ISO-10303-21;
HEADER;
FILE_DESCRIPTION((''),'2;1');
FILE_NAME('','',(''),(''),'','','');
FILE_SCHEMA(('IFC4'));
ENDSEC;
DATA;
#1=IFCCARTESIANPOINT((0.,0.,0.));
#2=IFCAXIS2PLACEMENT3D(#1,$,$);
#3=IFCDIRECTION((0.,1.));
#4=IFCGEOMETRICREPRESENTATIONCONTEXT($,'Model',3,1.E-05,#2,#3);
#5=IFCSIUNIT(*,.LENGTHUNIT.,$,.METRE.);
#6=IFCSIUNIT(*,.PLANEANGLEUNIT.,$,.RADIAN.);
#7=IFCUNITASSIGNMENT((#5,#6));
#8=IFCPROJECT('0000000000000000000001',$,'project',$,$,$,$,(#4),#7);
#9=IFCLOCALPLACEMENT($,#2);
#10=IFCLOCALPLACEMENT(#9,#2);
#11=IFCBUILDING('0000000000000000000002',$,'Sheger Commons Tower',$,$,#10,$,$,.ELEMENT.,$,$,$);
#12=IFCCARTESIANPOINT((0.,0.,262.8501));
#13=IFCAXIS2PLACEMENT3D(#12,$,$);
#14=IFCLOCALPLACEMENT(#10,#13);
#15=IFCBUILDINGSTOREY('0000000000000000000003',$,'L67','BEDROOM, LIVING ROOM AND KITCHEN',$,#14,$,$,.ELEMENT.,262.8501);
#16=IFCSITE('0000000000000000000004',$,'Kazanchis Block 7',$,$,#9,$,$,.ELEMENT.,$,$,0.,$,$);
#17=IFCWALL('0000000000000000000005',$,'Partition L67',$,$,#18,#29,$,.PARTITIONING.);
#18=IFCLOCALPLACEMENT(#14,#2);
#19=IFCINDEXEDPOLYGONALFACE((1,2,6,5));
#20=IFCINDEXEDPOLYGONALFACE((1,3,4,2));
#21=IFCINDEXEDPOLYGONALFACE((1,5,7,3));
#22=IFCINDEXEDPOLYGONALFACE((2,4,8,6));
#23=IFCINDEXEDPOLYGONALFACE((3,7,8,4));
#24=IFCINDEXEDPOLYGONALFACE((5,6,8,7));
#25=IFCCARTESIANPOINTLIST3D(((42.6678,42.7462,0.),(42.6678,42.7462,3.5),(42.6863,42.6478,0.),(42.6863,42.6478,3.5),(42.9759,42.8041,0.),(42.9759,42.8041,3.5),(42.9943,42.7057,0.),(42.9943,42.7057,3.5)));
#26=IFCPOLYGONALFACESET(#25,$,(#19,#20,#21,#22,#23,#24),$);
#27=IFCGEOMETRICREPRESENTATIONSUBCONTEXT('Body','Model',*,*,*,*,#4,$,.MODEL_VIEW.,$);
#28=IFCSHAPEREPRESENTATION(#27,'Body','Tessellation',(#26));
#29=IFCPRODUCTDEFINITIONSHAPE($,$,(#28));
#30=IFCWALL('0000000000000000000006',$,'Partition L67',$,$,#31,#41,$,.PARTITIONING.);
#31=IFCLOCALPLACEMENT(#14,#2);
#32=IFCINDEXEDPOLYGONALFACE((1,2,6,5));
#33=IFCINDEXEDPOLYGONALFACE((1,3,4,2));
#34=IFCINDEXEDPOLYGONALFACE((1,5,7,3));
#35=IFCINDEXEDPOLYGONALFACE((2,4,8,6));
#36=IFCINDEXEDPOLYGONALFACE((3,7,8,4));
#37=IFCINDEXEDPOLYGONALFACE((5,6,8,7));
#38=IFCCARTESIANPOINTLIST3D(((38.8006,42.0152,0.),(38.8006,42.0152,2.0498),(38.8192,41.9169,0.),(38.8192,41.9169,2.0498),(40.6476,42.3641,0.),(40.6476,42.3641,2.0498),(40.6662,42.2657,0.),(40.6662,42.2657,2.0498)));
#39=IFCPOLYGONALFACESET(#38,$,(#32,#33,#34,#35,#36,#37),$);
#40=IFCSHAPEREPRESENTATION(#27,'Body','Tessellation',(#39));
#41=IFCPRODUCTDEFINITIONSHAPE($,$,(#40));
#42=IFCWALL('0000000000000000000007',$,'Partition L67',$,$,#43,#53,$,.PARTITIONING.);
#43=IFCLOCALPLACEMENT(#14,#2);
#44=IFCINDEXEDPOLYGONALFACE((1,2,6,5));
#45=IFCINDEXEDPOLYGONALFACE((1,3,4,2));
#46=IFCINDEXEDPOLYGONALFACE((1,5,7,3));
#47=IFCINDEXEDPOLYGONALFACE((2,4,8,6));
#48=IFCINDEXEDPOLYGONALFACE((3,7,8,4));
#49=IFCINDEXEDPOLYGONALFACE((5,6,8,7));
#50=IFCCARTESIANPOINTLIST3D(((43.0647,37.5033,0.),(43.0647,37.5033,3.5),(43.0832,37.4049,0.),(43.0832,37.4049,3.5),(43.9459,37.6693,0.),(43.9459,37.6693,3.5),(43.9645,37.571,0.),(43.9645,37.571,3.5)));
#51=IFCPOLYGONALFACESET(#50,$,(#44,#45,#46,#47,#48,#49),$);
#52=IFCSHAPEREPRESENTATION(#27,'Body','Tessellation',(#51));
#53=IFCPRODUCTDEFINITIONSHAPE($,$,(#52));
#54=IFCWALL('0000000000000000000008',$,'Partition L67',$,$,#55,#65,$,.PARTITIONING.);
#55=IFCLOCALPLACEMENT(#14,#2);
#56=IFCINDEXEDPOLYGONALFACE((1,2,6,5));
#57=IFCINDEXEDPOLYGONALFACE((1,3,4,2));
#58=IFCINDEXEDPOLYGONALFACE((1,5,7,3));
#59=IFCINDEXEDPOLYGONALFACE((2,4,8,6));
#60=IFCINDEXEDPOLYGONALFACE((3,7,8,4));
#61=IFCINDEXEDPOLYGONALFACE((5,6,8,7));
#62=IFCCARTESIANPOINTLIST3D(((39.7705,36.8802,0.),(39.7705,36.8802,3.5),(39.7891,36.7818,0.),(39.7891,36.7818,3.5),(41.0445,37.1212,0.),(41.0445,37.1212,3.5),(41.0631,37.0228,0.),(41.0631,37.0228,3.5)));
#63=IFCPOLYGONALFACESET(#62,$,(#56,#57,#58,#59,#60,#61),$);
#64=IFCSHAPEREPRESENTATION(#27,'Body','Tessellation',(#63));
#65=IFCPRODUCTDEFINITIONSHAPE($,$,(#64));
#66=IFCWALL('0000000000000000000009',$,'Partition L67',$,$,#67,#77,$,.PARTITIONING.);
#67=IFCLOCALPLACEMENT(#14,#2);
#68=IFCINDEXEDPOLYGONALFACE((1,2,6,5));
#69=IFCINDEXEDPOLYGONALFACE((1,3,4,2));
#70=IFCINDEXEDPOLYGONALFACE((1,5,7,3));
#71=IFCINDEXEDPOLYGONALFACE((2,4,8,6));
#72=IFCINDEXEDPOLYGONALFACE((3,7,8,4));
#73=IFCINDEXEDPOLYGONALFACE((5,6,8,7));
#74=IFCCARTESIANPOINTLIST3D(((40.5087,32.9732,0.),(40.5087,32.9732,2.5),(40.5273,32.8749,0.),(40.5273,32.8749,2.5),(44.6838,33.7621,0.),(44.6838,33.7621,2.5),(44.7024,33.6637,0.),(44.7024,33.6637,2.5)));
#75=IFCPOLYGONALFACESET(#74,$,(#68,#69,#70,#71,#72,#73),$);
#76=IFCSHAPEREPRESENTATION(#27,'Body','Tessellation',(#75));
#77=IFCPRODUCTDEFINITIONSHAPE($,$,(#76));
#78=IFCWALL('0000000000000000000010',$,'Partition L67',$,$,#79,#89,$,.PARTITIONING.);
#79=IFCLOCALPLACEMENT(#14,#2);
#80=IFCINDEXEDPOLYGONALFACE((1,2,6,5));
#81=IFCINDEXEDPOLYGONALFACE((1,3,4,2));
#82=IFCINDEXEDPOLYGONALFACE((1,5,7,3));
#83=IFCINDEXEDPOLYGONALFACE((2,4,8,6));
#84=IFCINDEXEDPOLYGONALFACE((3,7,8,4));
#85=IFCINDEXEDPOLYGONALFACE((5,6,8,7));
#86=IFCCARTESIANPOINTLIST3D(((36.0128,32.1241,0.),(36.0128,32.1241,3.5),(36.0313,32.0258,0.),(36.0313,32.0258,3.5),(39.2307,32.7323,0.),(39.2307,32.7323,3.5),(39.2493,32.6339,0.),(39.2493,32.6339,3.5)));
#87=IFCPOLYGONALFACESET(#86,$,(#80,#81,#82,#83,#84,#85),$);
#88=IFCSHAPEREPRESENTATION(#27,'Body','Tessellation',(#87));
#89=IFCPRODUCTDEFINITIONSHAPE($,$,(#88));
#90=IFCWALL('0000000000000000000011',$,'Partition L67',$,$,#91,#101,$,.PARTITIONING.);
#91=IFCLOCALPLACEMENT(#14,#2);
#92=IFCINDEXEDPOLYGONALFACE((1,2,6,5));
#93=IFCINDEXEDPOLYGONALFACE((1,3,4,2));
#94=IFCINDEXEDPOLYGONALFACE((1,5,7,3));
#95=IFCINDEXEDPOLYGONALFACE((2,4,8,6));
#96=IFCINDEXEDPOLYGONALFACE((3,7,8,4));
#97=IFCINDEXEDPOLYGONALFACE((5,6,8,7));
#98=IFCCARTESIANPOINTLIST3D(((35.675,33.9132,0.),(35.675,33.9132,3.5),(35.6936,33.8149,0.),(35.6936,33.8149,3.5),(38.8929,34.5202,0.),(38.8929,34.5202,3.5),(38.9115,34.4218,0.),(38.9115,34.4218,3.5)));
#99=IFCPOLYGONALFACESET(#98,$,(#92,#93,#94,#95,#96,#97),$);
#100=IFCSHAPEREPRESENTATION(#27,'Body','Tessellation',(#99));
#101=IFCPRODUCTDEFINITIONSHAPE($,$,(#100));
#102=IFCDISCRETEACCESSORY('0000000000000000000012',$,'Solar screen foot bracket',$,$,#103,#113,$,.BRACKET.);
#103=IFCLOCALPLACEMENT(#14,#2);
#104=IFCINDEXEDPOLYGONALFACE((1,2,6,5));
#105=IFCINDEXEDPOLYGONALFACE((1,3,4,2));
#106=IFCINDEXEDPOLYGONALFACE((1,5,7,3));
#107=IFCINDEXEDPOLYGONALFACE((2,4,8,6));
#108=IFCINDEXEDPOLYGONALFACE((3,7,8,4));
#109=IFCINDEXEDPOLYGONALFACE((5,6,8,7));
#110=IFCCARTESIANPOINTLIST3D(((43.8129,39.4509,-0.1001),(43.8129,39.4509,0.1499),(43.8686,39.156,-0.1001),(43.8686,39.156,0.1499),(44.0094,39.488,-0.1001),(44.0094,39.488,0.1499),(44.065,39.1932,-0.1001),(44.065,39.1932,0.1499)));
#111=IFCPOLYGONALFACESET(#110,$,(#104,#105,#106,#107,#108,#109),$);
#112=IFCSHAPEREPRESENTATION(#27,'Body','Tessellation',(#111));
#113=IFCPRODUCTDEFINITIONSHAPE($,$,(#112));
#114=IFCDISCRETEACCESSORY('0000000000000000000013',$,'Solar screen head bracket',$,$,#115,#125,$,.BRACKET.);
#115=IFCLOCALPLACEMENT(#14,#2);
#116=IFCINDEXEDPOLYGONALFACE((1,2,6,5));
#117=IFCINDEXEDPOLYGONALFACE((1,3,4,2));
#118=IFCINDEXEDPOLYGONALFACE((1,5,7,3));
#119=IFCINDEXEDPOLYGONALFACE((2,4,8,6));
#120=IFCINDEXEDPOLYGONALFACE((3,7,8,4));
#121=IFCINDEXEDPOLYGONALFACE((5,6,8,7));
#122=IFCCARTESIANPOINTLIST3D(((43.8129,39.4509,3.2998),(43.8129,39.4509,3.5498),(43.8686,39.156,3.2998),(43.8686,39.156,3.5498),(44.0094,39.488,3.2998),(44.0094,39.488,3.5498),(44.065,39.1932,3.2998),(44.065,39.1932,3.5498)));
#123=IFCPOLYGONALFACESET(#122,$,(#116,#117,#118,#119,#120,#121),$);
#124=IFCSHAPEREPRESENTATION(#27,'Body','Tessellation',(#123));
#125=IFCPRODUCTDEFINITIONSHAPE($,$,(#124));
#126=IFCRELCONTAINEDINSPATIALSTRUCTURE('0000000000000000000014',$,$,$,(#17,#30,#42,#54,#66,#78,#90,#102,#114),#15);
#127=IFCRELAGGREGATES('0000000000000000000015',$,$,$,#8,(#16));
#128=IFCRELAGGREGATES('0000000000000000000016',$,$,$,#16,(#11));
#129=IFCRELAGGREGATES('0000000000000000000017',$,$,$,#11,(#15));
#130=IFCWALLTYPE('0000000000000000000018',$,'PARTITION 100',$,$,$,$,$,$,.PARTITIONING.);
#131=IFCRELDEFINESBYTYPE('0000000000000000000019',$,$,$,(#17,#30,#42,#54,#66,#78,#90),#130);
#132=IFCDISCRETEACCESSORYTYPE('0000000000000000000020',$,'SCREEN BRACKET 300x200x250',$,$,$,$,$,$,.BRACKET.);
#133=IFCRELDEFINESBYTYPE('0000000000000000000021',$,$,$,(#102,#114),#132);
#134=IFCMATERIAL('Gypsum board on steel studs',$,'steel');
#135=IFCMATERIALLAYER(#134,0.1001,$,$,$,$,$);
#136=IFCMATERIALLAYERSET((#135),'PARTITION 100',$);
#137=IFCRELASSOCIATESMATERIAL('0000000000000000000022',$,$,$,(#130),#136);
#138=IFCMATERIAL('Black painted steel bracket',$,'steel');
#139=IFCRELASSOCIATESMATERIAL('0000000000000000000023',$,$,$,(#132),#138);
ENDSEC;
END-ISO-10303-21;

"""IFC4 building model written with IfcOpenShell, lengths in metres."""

from ifc_helpers import new_model, si_unit, direction, frame, frame_2d, origin, origin_2d, place, context, subcontext, project, spatial, rectangle, extrude, material, layer, layer_set, type_object, element, save


model = new_model("IFC4")

# Units and contexts
model_context = context("Model", 3, precision=1e-05, world=origin(), true_north=direction((0.0, 1.0)))
body_context = subcontext(model_context, "Body", "Model", "MODEL_VIEW")
ifc_project = project(units=[si_unit("LENGTHUNIT", "METRE"), si_unit("PLANEANGLEUNIT", "RADIAN")], contexts=[model_context])

# Site, building, storey
site_placement = place(None, origin())
site = spatial("IfcSite", under=ifc_project, at=site_placement, Name="Kazanchis Block 7", CompositionType="ELEMENT", RefElevation=0.0)
building_placement = place(site_placement, origin())
building = spatial("IfcBuilding", under=site, at=building_placement, Name="Sheger Commons Tower", CompositionType="ELEMENT")
storey_placement = place(building_placement, frame((0.0, 0.0, 262.8501)))
storey = spatial("IfcBuildingStorey", under=building, at=storey_placement, Name="L67", Description="BEDROOM, LIVING ROOM AND KITCHEN", CompositionType="ELEMENT", Elevation=262.8501)

# Shared definitions
ifc_material_1 = material(Name="Gypsum board on steel studs", Category="steel")
ifc_layer_1 = layer(ifc_material_1, 0.1001)
ifc_layer_set_1 = layer_set([ifc_layer_1], Name="PARTITION 100")
wall_type_1 = type_object("IfcWallType", Name="PARTITION 100", PredefinedType="PARTITIONING", material=ifc_layer_set_1)

# Walls
wall_1_placement = place(storey_placement, frame((42.9851, 42.7549, 0.0), z_axis=(0.0, 0.0, 1.0), x_axis=(-0.982819, -0.184571, 0.0)))
element("IfcWall", 1, at=wall_1_placement, inside=storey, type_object=wall_type_1, Name="Partition L67", PredefinedType="PARTITIONING", context=body_context, shape_type="SweptSolid", body=[
    extrude(rectangle(XDim=0.3135, YDim=0.1001, at=frame_2d((0.1567, 0.0))), origin(), (0.0, 0.0, 1.0), 3.5),
])
wall_2_placement = place(storey_placement, frame((40.657, 42.3149, 0.0), z_axis=(0.0, 0.0, 1.0), x_axis=(-0.982623, -0.185614, 0.0)))
element("IfcWall", 2, at=wall_2_placement, inside=storey, type_object=wall_type_1, Name="Partition L67", PredefinedType="PARTITIONING", context=body_context, shape_type="SweptSolid", body=[
    extrude(rectangle(XDim=1.8796, YDim=0.1001, at=frame_2d((0.9399, 0.0))), origin(), (0.0, 0.0, 1.0), 2.0498),
])
wall_3_placement = place(storey_placement, frame((43.9551, 37.6201, 0.0), z_axis=(0.0, 0.0, 1.0), x_axis=(-0.982708, -0.18516, 0.0)))
element("IfcWall", 3, at=wall_3_placement, inside=storey, type_object=wall_type_1, Name="Partition L67", PredefinedType="PARTITIONING", context=body_context, shape_type="SweptSolid", body=[
    extrude(rectangle(XDim=0.8967, YDim=0.1001, at=frame_2d((0.4482, 0.0))), origin(), (0.0, 0.0, 1.0), 3.5),
])
wall_4_placement = place(storey_placement, frame((41.054, 37.072, 0.0), z_axis=(0.0, 0.0, 1.0), x_axis=(-0.982577, -0.185857, 0.0)))
element("IfcWall", 4, at=wall_4_placement, inside=storey, type_object=wall_type_1, Name="Partition L67", PredefinedType="PARTITIONING", context=body_context, shape_type="SweptSolid", body=[
    extrude(rectangle(XDim=1.2966, YDim=0.1001, at=frame_2d((0.6484, 0.0))), origin(), (0.0, 0.0, 1.0), 3.5),
])
wall_5_placement = place(storey_placement, frame((44.6931, 33.7129, 0.0), z_axis=(0.0, 0.0, 1.0), x_axis=(-0.982616, -0.185652, 0.0)))
element("IfcWall", 5, at=wall_5_placement, inside=storey, type_object=wall_type_1, Name="Partition L67", PredefinedType="PARTITIONING", context=body_context, shape_type="SweptSolid", body=[
    extrude(rectangle(XDim=4.249, YDim=0.1001, at=frame_2d((2.1245, 0.0))), origin(), (0.0, 0.0, 1.0), 2.5),
])
wall_6_placement = place(storey_placement, frame((39.24, 32.6831, 0.0), z_axis=(0.0, 0.0, 1.0), x_axis=(-0.982607, -0.185697, 0.0)))
element("IfcWall", 6, at=wall_6_placement, inside=storey, type_object=wall_type_1, Name="Partition L67", PredefinedType="PARTITIONING", context=body_context, shape_type="SweptSolid", body=[
    extrude(rectangle(XDim=3.2749, YDim=0.1001, at=frame_2d((1.6375, 0.0))), origin(), (0.0, 0.0, 1.0), 3.5),
])
wall_7_placement = place(storey_placement, frame((38.9021, 34.4709, 0.0), z_axis=(0.0, 0.0, 1.0), x_axis=(-0.982675, -0.185337, 0.0)))
element("IfcWall", 7, at=wall_7_placement, inside=storey, type_object=wall_type_1, Name="Partition L67", PredefinedType="PARTITIONING", context=body_context, shape_type="SweptSolid", body=[
    extrude(rectangle(XDim=3.2747, YDim=0.1001, at=frame_2d((1.6372, 0.0))), origin(), (0.0, 0.0, 1.0), 3.5),
])

# Discrete accessories
ifc_material_2 = material(Name="Black painted steel bracket", Category="steel")
discrete_accessory_type = type_object("IfcDiscreteAccessoryType", Name="SCREEN BRACKET 300x200x250", PredefinedType="BRACKET", material=ifc_material_2)
for number, where, z_axis, x_axis, name in (
    (8, (43.939, 39.322, -0.1001), (0.0, 0.0, 1.0), (-0.185615, 0.982623, 0.0), "Solar screen foot bracket"),
    (9, (43.939, 39.322, 3.2998), (0.0, 0.0, 1.0), (-0.185615, 0.982623, 0.0), "Solar screen head bracket"),
):
    element("IfcDiscreteAccessory", number, at=place(storey_placement, frame(where, z_axis=z_axis, x_axis=x_axis)), inside=storey, type_object=discrete_accessory_type, Name=name, PredefinedType="BRACKET", context=body_context, shape_type="SweptSolid", body=[
        extrude(rectangle(XDim=0.3, YDim=0.2, at=origin_2d()), origin(), (0.0, 0.0, 1.0), 0.25),
    ])

save(model, "model.ifc")
